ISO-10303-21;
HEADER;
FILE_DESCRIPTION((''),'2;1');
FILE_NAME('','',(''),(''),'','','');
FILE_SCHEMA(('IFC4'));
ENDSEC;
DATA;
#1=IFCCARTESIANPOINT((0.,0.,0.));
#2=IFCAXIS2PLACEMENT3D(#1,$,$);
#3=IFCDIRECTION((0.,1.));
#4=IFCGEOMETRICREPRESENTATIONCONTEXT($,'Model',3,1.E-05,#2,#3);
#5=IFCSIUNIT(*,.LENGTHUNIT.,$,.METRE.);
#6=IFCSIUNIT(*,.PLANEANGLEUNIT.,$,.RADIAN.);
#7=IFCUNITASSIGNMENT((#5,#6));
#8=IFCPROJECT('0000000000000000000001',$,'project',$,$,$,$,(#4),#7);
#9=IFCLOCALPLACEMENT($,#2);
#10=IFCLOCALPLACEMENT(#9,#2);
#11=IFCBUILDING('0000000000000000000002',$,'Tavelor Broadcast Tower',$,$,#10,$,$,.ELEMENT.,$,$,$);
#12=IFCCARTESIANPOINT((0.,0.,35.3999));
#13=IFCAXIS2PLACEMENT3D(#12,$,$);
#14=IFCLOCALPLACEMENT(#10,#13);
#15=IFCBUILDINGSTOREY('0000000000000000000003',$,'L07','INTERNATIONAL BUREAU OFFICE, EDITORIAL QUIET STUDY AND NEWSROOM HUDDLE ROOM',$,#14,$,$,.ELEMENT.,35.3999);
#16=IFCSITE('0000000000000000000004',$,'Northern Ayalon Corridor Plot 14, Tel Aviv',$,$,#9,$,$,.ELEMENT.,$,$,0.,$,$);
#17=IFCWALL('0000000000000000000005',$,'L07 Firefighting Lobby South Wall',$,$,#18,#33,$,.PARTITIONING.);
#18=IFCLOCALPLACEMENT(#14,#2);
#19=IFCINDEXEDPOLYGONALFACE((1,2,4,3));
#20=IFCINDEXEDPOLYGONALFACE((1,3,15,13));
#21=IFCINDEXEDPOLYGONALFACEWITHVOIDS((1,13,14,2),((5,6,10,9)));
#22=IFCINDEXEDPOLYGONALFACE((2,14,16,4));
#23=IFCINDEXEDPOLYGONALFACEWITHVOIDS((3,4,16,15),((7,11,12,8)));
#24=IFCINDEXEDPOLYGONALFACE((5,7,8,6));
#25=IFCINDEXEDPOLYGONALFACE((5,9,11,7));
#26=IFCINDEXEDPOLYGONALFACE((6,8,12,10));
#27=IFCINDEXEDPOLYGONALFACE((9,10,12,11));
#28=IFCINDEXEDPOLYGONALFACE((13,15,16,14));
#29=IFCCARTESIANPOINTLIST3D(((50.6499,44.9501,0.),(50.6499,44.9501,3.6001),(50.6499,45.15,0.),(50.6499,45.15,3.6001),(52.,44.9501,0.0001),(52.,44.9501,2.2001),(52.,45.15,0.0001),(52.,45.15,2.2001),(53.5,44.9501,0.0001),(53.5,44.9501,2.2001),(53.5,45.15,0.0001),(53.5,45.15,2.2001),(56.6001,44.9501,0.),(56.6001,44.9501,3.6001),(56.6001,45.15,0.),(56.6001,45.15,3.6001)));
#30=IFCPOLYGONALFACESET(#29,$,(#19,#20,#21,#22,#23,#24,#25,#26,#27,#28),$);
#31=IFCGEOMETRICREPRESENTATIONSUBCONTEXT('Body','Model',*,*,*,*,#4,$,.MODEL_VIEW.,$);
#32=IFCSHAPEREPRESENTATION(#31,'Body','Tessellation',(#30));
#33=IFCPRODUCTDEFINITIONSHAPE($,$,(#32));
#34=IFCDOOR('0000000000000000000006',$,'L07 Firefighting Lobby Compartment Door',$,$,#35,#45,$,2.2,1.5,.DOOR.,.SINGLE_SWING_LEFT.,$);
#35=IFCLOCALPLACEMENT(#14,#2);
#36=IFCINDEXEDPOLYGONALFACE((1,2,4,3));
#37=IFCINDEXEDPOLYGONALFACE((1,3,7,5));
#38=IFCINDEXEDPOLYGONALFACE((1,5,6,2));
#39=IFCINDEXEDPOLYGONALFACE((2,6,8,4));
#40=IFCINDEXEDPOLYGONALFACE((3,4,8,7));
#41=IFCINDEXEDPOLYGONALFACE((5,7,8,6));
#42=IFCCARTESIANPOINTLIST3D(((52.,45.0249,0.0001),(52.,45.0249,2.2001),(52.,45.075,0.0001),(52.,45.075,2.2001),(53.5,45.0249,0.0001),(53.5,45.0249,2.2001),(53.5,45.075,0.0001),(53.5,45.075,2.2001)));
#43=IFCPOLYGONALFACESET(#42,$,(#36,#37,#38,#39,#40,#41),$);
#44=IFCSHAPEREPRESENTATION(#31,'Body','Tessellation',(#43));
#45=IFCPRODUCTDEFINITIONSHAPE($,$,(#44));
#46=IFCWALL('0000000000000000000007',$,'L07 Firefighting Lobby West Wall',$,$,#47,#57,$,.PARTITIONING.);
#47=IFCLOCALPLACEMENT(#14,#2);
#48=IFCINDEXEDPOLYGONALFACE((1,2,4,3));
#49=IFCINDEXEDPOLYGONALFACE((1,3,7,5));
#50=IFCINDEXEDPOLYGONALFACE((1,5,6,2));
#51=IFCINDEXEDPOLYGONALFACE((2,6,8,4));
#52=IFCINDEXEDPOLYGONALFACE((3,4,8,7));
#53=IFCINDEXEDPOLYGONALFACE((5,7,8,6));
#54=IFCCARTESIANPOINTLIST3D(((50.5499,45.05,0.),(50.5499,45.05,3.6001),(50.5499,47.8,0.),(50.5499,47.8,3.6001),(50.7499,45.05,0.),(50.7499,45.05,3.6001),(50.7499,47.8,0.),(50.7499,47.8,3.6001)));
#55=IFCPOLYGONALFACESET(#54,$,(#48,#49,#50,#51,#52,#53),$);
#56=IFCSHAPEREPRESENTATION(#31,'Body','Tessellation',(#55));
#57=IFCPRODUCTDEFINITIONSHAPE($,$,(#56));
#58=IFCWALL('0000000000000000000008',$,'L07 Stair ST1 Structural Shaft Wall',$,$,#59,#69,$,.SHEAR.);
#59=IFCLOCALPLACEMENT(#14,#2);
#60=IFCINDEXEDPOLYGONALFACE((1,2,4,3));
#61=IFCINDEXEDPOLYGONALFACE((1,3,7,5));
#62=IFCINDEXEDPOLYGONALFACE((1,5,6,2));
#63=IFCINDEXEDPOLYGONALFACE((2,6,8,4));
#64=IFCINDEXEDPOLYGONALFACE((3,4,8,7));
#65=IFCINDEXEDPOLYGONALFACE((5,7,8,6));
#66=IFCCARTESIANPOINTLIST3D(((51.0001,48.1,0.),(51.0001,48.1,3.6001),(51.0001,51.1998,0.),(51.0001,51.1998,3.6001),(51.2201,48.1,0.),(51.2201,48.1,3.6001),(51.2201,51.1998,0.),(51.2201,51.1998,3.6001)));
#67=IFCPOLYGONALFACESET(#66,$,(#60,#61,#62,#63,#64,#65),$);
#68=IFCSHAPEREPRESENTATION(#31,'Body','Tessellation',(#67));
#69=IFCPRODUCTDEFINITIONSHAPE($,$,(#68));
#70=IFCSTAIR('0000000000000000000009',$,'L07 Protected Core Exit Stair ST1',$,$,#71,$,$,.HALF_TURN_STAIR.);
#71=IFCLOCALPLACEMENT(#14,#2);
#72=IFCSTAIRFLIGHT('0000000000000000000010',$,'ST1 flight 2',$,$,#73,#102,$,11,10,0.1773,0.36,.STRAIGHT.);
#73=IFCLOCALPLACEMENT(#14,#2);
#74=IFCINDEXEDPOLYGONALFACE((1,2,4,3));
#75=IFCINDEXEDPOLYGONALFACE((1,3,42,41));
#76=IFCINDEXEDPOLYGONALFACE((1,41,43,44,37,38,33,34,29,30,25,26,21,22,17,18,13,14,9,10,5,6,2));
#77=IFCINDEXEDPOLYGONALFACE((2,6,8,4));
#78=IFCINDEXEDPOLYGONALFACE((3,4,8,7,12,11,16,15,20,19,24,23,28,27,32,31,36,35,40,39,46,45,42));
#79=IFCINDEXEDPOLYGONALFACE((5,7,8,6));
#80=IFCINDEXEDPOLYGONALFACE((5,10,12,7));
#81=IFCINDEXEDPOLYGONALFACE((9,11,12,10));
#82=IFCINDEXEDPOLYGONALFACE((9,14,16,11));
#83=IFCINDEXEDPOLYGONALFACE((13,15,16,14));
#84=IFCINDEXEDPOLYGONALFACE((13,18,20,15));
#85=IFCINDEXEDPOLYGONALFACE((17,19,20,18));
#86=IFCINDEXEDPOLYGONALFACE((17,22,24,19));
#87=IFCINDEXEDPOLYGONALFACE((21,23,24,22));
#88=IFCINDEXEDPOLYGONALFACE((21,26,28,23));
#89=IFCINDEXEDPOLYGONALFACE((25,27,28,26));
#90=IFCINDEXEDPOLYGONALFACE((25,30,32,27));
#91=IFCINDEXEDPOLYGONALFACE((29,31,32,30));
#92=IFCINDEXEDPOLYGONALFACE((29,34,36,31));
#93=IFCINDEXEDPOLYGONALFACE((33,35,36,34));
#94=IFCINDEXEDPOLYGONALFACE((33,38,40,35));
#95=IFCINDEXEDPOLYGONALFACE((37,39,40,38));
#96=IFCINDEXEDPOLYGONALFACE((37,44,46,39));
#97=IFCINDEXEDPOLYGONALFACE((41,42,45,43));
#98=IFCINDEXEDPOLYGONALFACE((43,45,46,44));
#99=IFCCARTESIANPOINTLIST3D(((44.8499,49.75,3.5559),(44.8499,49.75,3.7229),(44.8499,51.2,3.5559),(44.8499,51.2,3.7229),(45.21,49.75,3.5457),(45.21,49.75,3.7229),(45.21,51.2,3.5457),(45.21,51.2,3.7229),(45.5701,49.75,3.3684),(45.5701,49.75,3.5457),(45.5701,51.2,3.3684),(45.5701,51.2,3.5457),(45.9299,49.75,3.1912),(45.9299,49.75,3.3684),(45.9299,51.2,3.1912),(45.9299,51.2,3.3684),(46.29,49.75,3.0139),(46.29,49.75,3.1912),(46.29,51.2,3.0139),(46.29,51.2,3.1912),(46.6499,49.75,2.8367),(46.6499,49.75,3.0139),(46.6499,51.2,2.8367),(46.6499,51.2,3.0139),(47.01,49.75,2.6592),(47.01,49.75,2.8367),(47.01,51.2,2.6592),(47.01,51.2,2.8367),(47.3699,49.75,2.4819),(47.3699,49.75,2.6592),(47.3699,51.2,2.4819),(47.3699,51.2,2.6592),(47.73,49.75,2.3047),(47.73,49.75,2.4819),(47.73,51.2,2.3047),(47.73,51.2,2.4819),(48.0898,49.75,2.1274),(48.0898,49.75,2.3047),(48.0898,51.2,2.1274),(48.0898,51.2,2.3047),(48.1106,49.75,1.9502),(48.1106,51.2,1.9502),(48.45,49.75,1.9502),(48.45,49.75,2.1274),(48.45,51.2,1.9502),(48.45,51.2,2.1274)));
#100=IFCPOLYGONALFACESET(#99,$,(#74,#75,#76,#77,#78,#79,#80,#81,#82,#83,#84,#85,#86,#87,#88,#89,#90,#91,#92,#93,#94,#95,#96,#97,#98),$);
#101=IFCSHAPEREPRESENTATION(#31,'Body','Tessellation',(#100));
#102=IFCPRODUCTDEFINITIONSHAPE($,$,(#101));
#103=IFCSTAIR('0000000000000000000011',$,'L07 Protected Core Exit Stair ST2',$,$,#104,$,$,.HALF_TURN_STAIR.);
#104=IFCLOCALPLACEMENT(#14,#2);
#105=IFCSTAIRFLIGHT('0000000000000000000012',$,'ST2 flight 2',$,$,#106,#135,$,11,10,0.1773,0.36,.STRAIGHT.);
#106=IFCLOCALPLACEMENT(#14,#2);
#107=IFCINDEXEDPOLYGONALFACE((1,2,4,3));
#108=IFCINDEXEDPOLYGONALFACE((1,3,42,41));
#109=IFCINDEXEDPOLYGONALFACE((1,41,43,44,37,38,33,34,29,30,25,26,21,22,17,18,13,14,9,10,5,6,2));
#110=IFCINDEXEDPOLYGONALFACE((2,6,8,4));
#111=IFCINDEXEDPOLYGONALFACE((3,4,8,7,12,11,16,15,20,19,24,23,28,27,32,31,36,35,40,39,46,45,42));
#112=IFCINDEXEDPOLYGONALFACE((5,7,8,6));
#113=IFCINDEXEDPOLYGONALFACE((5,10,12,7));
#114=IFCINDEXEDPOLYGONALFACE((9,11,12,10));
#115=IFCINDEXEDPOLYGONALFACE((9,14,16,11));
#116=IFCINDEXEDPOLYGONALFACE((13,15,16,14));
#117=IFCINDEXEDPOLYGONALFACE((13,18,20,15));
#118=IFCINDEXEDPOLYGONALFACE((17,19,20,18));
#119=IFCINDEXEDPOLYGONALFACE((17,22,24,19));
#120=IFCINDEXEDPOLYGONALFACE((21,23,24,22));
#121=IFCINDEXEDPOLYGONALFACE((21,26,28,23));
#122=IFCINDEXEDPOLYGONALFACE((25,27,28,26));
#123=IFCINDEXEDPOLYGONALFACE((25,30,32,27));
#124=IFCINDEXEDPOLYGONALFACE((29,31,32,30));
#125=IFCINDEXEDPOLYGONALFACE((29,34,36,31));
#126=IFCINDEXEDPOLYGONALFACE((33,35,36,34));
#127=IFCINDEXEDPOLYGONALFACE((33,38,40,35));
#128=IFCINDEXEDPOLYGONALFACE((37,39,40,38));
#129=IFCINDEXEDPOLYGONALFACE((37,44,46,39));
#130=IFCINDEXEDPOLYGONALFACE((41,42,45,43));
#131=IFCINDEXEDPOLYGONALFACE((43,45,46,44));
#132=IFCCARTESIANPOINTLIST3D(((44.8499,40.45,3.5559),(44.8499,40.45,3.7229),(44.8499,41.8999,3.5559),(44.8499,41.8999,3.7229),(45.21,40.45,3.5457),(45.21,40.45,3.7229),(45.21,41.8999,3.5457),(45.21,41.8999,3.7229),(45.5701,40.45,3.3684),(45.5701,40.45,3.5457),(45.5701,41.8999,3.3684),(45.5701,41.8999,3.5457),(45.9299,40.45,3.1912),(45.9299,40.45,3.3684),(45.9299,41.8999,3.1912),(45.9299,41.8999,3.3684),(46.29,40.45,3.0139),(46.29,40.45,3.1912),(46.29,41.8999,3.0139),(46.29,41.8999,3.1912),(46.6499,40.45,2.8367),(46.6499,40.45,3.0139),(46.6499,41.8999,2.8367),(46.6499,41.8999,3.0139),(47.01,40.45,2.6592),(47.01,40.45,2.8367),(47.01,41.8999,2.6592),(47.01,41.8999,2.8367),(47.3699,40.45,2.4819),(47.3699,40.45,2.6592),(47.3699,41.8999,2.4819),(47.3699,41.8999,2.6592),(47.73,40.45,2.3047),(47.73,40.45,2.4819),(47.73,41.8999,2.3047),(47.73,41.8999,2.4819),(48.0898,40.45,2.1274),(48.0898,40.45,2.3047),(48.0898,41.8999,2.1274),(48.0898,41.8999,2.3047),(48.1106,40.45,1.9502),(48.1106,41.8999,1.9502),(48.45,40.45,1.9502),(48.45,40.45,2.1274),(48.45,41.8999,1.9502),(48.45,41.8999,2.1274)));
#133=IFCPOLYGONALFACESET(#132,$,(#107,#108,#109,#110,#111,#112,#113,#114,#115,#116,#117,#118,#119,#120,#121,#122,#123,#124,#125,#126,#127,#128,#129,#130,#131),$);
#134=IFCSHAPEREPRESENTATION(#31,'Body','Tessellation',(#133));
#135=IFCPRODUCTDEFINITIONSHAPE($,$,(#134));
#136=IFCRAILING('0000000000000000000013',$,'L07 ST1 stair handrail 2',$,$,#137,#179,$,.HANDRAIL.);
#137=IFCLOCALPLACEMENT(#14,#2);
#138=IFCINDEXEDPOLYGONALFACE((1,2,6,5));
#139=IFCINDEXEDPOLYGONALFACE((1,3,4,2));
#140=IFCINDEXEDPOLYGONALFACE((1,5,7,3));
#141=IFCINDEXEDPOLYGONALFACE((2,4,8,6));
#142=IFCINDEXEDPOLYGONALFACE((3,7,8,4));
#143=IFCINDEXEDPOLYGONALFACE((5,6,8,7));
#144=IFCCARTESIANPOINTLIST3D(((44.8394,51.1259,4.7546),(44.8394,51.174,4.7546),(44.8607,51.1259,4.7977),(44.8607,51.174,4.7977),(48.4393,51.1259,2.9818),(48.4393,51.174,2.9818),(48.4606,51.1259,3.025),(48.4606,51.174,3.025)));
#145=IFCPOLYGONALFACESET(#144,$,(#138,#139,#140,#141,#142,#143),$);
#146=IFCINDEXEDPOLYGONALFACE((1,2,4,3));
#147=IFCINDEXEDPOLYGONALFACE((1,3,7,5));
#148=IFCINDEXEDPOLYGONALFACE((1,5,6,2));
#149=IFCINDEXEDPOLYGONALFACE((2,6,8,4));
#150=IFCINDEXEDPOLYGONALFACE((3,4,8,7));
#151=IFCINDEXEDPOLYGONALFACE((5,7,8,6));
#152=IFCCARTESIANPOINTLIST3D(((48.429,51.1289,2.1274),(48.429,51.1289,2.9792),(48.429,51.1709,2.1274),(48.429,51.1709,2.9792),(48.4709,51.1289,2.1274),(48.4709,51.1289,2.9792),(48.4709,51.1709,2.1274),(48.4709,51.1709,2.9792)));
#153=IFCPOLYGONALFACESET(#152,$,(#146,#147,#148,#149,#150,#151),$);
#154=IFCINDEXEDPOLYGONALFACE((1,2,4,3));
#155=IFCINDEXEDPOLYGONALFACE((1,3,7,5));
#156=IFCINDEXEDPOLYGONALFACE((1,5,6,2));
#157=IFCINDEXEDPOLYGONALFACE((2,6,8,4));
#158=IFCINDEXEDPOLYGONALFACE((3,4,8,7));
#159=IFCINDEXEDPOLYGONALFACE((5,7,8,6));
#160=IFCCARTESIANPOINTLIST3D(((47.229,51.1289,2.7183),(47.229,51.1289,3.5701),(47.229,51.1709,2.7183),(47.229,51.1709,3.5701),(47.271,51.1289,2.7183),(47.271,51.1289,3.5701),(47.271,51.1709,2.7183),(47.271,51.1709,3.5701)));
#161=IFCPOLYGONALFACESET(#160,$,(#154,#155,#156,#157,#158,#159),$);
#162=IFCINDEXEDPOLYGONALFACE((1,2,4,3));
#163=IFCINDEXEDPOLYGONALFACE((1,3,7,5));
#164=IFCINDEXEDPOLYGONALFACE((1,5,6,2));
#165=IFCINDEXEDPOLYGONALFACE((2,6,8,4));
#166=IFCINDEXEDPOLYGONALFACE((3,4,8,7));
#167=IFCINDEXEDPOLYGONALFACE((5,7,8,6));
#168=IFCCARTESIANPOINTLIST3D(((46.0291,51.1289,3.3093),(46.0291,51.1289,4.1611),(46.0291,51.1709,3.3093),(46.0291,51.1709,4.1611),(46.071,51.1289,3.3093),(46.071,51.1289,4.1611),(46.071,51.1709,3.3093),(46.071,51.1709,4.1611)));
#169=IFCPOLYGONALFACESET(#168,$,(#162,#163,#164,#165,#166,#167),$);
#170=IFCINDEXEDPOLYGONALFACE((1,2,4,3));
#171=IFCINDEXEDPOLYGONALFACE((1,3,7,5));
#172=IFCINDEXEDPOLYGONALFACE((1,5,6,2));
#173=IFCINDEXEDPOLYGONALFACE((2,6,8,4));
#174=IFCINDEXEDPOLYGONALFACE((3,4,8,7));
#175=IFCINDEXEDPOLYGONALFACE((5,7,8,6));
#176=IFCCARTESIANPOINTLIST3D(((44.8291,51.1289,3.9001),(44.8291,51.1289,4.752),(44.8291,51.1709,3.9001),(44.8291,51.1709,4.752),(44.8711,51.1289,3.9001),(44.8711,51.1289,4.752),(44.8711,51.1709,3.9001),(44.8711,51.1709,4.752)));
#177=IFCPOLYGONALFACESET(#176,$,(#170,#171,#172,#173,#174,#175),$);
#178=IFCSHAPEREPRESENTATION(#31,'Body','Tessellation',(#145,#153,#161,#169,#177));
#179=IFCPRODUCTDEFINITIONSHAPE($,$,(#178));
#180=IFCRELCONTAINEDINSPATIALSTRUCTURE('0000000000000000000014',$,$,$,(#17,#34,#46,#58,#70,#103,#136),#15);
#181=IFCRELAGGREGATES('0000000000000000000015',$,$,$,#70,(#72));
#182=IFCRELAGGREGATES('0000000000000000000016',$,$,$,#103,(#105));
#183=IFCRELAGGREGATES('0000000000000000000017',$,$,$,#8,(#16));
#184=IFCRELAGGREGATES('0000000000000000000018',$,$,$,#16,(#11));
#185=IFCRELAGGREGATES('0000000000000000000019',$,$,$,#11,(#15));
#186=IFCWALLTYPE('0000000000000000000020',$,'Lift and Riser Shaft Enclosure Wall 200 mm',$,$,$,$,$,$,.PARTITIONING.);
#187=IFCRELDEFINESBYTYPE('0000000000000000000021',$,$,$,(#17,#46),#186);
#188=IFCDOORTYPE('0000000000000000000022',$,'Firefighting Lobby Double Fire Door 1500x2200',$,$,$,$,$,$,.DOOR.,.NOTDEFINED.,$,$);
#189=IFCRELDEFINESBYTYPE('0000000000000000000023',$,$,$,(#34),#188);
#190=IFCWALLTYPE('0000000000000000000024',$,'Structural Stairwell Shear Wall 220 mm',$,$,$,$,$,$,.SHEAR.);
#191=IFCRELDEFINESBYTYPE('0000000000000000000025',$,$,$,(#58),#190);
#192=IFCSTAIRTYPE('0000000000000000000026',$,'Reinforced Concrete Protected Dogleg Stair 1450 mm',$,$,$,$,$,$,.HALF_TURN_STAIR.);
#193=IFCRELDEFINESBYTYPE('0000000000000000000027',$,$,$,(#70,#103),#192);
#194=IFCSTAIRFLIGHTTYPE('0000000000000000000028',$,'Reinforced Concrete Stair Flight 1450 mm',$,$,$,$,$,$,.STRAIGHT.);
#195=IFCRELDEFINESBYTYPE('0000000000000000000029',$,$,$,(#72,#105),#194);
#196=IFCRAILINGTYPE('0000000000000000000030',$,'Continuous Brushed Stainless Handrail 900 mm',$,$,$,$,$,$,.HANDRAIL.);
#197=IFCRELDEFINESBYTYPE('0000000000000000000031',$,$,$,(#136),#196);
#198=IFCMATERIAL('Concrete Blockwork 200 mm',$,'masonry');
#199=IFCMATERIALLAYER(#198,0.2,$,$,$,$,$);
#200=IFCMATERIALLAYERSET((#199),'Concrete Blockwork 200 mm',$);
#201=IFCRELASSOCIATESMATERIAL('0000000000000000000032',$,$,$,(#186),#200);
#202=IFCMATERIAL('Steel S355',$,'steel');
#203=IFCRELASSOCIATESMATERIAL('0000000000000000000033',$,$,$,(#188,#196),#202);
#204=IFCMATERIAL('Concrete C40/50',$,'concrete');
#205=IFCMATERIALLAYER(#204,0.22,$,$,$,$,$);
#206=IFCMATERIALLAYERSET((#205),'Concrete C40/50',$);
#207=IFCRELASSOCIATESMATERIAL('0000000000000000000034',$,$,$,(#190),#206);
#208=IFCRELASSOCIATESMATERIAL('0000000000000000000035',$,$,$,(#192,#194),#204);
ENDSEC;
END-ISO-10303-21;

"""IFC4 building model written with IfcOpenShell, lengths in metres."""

from ifc_helpers import new_model, si_unit, direction, frame, frame_2d, origin, origin_2d, place, context, subcontext, project, spatial, polyline, rectangle, outline, extrude, material, layer, layer_set, type_object, element, fill, aggregate, save


model = new_model("IFC4")

# Units and contexts
model_context = context("Model", 3, precision=1e-05, world=origin(), true_north=direction((0.0, 1.0)))
body_context = subcontext(model_context, "Body", "Model", "MODEL_VIEW")
ifc_project = project(units=[si_unit("LENGTHUNIT", "METRE"), si_unit("PLANEANGLEUNIT", "RADIAN")], contexts=[model_context])

# Site, building, storey
site_placement = place(None, origin())
site = spatial("IfcSite", under=ifc_project, at=site_placement, Name="Northern Ayalon Corridor Plot 14, Tel Aviv", CompositionType="ELEMENT", RefElevation=0.0)
building_placement = place(site_placement, origin())
building = spatial("IfcBuilding", under=site, at=building_placement, Name="Tavelor Broadcast Tower", CompositionType="ELEMENT")
storey_placement = place(building_placement, frame((0.0, 0.0, 35.3999)))
storey = spatial("IfcBuildingStorey", under=building, at=storey_placement, Name="L07", Description="INTERNATIONAL BUREAU OFFICE, EDITORIAL QUIET STUDY AND NEWSROOM HUDDLE ROOM", CompositionType="ELEMENT", Elevation=35.3999)

# Shared definitions
ifc_material_1 = material(Name="Concrete C40/50", Category="concrete")
ifc_material_2 = material(Name="Steel S355", Category="steel")

# Shared definitions
ifc_material_3 = material(Name="Concrete Blockwork 200 mm", Category="masonry")
ifc_layer_1 = layer(ifc_material_3, 0.2)
ifc_layer_set_1 = layer_set([ifc_layer_1], Name="Concrete Blockwork 200 mm")
wall_type_1 = type_object("IfcWallType", Name="Lift and Riser Shaft Enclosure Wall 200 mm", PredefinedType="PARTITIONING", material=ifc_layer_set_1)

# Wall, opening, door
wall_1_placement = place(storey_placement, frame((50.6499, 45.05, 0.0), z_axis=(0.0, 0.0, 1.0), x_axis=(1.0, 0.0, 0.0)))
wall_1 = element("IfcWall", 1, at=wall_1_placement, inside=storey, type_object=wall_type_1, Name="L07 Firefighting Lobby South Wall", PredefinedType="PARTITIONING", context=body_context, shape_type="SweptSolid", body=[
    extrude(rectangle(XDim=5.9502, YDim=0.2, at=frame_2d((2.9751, 0.0))), origin(), (0.0, 0.0, 1.0), 3.6001),
])
opening_placement = place(wall_1_placement, frame((1.3501, 0.0, 0.0)))
opening = element("IfcOpeningElement", 2, at=opening_placement, cuts=wall_1, PredefinedType="OPENING", context=body_context, shape_type="SweptSolid", body=[
    extrude(rectangle(XDim=1.5, YDim=2.2, at=frame_2d((0.75, 1.1001))), frame((0.0, 0.1099, 0.0), z_axis=(0.0, -1.0, 0.0), x_axis=(1.0, 0.0, 0.0)), (0.0, 0.0, 1.0), 0.22),
])
door_type = type_object("IfcDoorType", Name="Firefighting Lobby Double Fire Door 1500x2200", OperationType="NOTDEFINED", PredefinedType="DOOR", material=ifc_material_2)
door_placement = place(opening_placement, origin())
door = element("IfcDoor", 3, at=door_placement, inside=storey, type_object=door_type, Name="L07 Firefighting Lobby Compartment Door", OperationType="SINGLE_SWING_LEFT", OverallHeight=2.2, OverallWidth=1.5, PredefinedType="DOOR", context=body_context, shape_type="SweptSolid", body=[
    extrude(rectangle(XDim=1.5, YDim=2.2, at=frame_2d((0.75, 1.1001))), frame((0.0, 0.0249, 0.0), z_axis=(0.0, -1.0, 0.0), x_axis=(1.0, 0.0, 0.0)), (0.0, 0.0, 1.0), 0.05),
])
fill(opening, door)

# Walls
wall_2_placement = place(storey_placement, frame((50.6499, 45.05, 0.0), z_axis=(0.0, 0.0, 1.0), x_axis=(0.0, 1.0, 0.0)))
element("IfcWall", 4, at=wall_2_placement, inside=storey, type_object=wall_type_1, Name="L07 Firefighting Lobby West Wall", PredefinedType="PARTITIONING", context=body_context, shape_type="SweptSolid", body=[
    extrude(rectangle(XDim=2.75, YDim=0.2, at=frame_2d((1.375, 0.0))), origin(), (0.0, 0.0, 1.0), 3.6001),
])
ifc_layer_2 = layer(ifc_material_1, 0.22)
ifc_layer_set_2 = layer_set([ifc_layer_2], Name="Concrete C40/50")
wall_type_2 = type_object("IfcWallType", Name="Structural Stairwell Shear Wall 220 mm", PredefinedType="SHEAR", material=ifc_layer_set_2)
wall_3_placement = place(storey_placement, frame((51.1101, 48.1001, 0.0), z_axis=(0.0, 0.0, 1.0), x_axis=(0.0, 1.0, 0.0)))
element("IfcWall", 5, at=wall_3_placement, inside=storey, type_object=wall_type_2, Name="L07 Stair ST1 Structural Shaft Wall", PredefinedType="SHEAR", context=body_context, shape_type="SweptSolid", body=[
    extrude(rectangle(XDim=3.0999, YDim=0.22, at=frame_2d((1.5498, 0.0))), origin(), (0.0, 0.0, 1.0), 3.6001),
])

# Stairs, stair flights
stair_type = type_object("IfcStairType", Name="Reinforced Concrete Protected Dogleg Stair 1450 mm", PredefinedType="HALF_TURN_STAIR", material=ifc_material_1)
stair_1_placement = place(storey_placement, origin())
stair_1 = element("IfcStair", 6, at=stair_1_placement, inside=storey, type_object=stair_type, Name="L07 Protected Core Exit Stair ST1", PredefinedType="HALF_TURN_STAIR")
stair_flight_type = type_object("IfcStairFlightType", Name="Reinforced Concrete Stair Flight 1450 mm", PredefinedType="STRAIGHT", material=ifc_material_1)
stair_flight_1_placement = place(storey_placement, frame((48.45, 50.4751, 1.9502), z_axis=(0.0, 0.0, 1.0), x_axis=(-1.0, 0.0, 0.0)))
stair_flight_1 = element("IfcStairFlight", 7, at=stair_flight_1_placement, type_object=stair_flight_type, Name="ST1 flight 2", NumberOfRisers=11, NumberOfTreads=10, PredefinedType="STRAIGHT", RiserHeight=0.1773, TreadLength=0.36, context=body_context, shape_type="SweptSolid", body=[
    extrude(outline(polyline([(0.0, 0.0), (0.0, 0.1772), (0.3601, 0.1772), (0.3601, 0.3545), (0.72, 0.3545), (0.72, 0.5317), (1.0801, 0.5317), (1.0801, 0.709), (1.4399, 0.709), (1.4399, 0.8865), (1.8, 0.8865), (1.8, 1.0637), (2.1599, 1.0637), (2.1599, 1.241), (2.52, 1.241), (2.52, 1.4182), (2.8799, 1.4182), (2.8799, 1.5955), (3.24, 1.5955), (3.24, 1.7727), (3.6001, 1.7727), (3.6001, 1.95), (3.6001, 1.6057), (0.3394, 0.0), (0.0, 0.0)])), frame((0.0, 0.7251, 0.0), z_axis=(0.0, -1.0, 0.0), x_axis=(1.0, 0.0, 0.0)), (0.0, 0.0, 1.0), 1.45),
])
aggregate(stair_1, [stair_flight_1])
stair_2_placement = place(storey_placement, origin())
stair_2 = element("IfcStair", 8, at=stair_2_placement, inside=storey, type_object=stair_type, Name="L07 Protected Core Exit Stair ST2", PredefinedType="HALF_TURN_STAIR")
stair_flight_2_placement = place(storey_placement, frame((48.45, 41.175, 1.9502), z_axis=(0.0, 0.0, 1.0), x_axis=(-1.0, 0.0, 0.0)))
stair_flight_2 = element("IfcStairFlight", 9, at=stair_flight_2_placement, type_object=stair_flight_type, Name="ST2 flight 2", NumberOfRisers=11, NumberOfTreads=10, PredefinedType="STRAIGHT", RiserHeight=0.1773, TreadLength=0.36, context=body_context, shape_type="SweptSolid", body=[
    extrude(outline(polyline([(0.0, 0.0), (0.0, 0.1772), (0.3601, 0.1772), (0.3601, 0.3545), (0.72, 0.3545), (0.72, 0.5317), (1.0801, 0.5317), (1.0801, 0.709), (1.4399, 0.709), (1.4399, 0.8865), (1.8, 0.8865), (1.8, 1.0637), (2.1599, 1.0637), (2.1599, 1.241), (2.52, 1.241), (2.52, 1.4182), (2.8799, 1.4182), (2.8799, 1.5955), (3.24, 1.5955), (3.24, 1.7727), (3.6001, 1.7727), (3.6001, 1.95), (3.6001, 1.6057), (0.3394, 0.0), (0.0, 0.0)])), frame((0.0, 0.7251, 0.0), z_axis=(0.0, -1.0, 0.0), x_axis=(1.0, 0.0, 0.0)), (0.0, 0.0, 1.0), 1.45),
])
aggregate(stair_2, [stair_flight_2])

# Railing
railing_type_1 = type_object("IfcRailingType", Name="Continuous Brushed Stainless Handrail 900 mm", PredefinedType="HANDRAIL", material=ifc_material_2)
for number, where, name in (
    (10, (48.45, 51.1499, 2.1274), "L07 ST1 stair handrail 2"),
):
    element("IfcRailing", number, at=place(storey_placement, frame(where)), inside=storey, type_object=railing_type_1, Name=name, PredefinedType="HANDRAIL", context=body_context, shape_type="SweptSolid", body=[
        extrude(rectangle(XDim=0.0481, YDim=0.0481, at=origin_2d()), frame((0.0, 0.0, 0.876), z_axis=(-0.897124, 0.0, 0.441778), x_axis=(0.0, -1.0, 0.0)), (0.0, 0.0, 1.0), 4.0127),
        extrude(rectangle(XDim=0.042, YDim=0.042, at=origin_2d()), origin(), (0.0, 0.0, 1.0), 0.8518),
        extrude(rectangle(XDim=0.042, YDim=0.042, at=origin_2d()), frame((-1.2, 0.0, 0.5908)), (0.0, 0.0, 1.0), 0.8518),
        extrude(rectangle(XDim=0.042, YDim=0.042, at=origin_2d()), frame((-2.3999, 0.0, 1.1819)), (0.0, 0.0, 1.0), 0.8518),
        extrude(rectangle(XDim=0.042, YDim=0.042, at=origin_2d()), frame((-3.5999, 0.0, 1.7727)), (0.0, 0.0, 1.0), 0.8518),
    ])

save(model, "model.ifc")
